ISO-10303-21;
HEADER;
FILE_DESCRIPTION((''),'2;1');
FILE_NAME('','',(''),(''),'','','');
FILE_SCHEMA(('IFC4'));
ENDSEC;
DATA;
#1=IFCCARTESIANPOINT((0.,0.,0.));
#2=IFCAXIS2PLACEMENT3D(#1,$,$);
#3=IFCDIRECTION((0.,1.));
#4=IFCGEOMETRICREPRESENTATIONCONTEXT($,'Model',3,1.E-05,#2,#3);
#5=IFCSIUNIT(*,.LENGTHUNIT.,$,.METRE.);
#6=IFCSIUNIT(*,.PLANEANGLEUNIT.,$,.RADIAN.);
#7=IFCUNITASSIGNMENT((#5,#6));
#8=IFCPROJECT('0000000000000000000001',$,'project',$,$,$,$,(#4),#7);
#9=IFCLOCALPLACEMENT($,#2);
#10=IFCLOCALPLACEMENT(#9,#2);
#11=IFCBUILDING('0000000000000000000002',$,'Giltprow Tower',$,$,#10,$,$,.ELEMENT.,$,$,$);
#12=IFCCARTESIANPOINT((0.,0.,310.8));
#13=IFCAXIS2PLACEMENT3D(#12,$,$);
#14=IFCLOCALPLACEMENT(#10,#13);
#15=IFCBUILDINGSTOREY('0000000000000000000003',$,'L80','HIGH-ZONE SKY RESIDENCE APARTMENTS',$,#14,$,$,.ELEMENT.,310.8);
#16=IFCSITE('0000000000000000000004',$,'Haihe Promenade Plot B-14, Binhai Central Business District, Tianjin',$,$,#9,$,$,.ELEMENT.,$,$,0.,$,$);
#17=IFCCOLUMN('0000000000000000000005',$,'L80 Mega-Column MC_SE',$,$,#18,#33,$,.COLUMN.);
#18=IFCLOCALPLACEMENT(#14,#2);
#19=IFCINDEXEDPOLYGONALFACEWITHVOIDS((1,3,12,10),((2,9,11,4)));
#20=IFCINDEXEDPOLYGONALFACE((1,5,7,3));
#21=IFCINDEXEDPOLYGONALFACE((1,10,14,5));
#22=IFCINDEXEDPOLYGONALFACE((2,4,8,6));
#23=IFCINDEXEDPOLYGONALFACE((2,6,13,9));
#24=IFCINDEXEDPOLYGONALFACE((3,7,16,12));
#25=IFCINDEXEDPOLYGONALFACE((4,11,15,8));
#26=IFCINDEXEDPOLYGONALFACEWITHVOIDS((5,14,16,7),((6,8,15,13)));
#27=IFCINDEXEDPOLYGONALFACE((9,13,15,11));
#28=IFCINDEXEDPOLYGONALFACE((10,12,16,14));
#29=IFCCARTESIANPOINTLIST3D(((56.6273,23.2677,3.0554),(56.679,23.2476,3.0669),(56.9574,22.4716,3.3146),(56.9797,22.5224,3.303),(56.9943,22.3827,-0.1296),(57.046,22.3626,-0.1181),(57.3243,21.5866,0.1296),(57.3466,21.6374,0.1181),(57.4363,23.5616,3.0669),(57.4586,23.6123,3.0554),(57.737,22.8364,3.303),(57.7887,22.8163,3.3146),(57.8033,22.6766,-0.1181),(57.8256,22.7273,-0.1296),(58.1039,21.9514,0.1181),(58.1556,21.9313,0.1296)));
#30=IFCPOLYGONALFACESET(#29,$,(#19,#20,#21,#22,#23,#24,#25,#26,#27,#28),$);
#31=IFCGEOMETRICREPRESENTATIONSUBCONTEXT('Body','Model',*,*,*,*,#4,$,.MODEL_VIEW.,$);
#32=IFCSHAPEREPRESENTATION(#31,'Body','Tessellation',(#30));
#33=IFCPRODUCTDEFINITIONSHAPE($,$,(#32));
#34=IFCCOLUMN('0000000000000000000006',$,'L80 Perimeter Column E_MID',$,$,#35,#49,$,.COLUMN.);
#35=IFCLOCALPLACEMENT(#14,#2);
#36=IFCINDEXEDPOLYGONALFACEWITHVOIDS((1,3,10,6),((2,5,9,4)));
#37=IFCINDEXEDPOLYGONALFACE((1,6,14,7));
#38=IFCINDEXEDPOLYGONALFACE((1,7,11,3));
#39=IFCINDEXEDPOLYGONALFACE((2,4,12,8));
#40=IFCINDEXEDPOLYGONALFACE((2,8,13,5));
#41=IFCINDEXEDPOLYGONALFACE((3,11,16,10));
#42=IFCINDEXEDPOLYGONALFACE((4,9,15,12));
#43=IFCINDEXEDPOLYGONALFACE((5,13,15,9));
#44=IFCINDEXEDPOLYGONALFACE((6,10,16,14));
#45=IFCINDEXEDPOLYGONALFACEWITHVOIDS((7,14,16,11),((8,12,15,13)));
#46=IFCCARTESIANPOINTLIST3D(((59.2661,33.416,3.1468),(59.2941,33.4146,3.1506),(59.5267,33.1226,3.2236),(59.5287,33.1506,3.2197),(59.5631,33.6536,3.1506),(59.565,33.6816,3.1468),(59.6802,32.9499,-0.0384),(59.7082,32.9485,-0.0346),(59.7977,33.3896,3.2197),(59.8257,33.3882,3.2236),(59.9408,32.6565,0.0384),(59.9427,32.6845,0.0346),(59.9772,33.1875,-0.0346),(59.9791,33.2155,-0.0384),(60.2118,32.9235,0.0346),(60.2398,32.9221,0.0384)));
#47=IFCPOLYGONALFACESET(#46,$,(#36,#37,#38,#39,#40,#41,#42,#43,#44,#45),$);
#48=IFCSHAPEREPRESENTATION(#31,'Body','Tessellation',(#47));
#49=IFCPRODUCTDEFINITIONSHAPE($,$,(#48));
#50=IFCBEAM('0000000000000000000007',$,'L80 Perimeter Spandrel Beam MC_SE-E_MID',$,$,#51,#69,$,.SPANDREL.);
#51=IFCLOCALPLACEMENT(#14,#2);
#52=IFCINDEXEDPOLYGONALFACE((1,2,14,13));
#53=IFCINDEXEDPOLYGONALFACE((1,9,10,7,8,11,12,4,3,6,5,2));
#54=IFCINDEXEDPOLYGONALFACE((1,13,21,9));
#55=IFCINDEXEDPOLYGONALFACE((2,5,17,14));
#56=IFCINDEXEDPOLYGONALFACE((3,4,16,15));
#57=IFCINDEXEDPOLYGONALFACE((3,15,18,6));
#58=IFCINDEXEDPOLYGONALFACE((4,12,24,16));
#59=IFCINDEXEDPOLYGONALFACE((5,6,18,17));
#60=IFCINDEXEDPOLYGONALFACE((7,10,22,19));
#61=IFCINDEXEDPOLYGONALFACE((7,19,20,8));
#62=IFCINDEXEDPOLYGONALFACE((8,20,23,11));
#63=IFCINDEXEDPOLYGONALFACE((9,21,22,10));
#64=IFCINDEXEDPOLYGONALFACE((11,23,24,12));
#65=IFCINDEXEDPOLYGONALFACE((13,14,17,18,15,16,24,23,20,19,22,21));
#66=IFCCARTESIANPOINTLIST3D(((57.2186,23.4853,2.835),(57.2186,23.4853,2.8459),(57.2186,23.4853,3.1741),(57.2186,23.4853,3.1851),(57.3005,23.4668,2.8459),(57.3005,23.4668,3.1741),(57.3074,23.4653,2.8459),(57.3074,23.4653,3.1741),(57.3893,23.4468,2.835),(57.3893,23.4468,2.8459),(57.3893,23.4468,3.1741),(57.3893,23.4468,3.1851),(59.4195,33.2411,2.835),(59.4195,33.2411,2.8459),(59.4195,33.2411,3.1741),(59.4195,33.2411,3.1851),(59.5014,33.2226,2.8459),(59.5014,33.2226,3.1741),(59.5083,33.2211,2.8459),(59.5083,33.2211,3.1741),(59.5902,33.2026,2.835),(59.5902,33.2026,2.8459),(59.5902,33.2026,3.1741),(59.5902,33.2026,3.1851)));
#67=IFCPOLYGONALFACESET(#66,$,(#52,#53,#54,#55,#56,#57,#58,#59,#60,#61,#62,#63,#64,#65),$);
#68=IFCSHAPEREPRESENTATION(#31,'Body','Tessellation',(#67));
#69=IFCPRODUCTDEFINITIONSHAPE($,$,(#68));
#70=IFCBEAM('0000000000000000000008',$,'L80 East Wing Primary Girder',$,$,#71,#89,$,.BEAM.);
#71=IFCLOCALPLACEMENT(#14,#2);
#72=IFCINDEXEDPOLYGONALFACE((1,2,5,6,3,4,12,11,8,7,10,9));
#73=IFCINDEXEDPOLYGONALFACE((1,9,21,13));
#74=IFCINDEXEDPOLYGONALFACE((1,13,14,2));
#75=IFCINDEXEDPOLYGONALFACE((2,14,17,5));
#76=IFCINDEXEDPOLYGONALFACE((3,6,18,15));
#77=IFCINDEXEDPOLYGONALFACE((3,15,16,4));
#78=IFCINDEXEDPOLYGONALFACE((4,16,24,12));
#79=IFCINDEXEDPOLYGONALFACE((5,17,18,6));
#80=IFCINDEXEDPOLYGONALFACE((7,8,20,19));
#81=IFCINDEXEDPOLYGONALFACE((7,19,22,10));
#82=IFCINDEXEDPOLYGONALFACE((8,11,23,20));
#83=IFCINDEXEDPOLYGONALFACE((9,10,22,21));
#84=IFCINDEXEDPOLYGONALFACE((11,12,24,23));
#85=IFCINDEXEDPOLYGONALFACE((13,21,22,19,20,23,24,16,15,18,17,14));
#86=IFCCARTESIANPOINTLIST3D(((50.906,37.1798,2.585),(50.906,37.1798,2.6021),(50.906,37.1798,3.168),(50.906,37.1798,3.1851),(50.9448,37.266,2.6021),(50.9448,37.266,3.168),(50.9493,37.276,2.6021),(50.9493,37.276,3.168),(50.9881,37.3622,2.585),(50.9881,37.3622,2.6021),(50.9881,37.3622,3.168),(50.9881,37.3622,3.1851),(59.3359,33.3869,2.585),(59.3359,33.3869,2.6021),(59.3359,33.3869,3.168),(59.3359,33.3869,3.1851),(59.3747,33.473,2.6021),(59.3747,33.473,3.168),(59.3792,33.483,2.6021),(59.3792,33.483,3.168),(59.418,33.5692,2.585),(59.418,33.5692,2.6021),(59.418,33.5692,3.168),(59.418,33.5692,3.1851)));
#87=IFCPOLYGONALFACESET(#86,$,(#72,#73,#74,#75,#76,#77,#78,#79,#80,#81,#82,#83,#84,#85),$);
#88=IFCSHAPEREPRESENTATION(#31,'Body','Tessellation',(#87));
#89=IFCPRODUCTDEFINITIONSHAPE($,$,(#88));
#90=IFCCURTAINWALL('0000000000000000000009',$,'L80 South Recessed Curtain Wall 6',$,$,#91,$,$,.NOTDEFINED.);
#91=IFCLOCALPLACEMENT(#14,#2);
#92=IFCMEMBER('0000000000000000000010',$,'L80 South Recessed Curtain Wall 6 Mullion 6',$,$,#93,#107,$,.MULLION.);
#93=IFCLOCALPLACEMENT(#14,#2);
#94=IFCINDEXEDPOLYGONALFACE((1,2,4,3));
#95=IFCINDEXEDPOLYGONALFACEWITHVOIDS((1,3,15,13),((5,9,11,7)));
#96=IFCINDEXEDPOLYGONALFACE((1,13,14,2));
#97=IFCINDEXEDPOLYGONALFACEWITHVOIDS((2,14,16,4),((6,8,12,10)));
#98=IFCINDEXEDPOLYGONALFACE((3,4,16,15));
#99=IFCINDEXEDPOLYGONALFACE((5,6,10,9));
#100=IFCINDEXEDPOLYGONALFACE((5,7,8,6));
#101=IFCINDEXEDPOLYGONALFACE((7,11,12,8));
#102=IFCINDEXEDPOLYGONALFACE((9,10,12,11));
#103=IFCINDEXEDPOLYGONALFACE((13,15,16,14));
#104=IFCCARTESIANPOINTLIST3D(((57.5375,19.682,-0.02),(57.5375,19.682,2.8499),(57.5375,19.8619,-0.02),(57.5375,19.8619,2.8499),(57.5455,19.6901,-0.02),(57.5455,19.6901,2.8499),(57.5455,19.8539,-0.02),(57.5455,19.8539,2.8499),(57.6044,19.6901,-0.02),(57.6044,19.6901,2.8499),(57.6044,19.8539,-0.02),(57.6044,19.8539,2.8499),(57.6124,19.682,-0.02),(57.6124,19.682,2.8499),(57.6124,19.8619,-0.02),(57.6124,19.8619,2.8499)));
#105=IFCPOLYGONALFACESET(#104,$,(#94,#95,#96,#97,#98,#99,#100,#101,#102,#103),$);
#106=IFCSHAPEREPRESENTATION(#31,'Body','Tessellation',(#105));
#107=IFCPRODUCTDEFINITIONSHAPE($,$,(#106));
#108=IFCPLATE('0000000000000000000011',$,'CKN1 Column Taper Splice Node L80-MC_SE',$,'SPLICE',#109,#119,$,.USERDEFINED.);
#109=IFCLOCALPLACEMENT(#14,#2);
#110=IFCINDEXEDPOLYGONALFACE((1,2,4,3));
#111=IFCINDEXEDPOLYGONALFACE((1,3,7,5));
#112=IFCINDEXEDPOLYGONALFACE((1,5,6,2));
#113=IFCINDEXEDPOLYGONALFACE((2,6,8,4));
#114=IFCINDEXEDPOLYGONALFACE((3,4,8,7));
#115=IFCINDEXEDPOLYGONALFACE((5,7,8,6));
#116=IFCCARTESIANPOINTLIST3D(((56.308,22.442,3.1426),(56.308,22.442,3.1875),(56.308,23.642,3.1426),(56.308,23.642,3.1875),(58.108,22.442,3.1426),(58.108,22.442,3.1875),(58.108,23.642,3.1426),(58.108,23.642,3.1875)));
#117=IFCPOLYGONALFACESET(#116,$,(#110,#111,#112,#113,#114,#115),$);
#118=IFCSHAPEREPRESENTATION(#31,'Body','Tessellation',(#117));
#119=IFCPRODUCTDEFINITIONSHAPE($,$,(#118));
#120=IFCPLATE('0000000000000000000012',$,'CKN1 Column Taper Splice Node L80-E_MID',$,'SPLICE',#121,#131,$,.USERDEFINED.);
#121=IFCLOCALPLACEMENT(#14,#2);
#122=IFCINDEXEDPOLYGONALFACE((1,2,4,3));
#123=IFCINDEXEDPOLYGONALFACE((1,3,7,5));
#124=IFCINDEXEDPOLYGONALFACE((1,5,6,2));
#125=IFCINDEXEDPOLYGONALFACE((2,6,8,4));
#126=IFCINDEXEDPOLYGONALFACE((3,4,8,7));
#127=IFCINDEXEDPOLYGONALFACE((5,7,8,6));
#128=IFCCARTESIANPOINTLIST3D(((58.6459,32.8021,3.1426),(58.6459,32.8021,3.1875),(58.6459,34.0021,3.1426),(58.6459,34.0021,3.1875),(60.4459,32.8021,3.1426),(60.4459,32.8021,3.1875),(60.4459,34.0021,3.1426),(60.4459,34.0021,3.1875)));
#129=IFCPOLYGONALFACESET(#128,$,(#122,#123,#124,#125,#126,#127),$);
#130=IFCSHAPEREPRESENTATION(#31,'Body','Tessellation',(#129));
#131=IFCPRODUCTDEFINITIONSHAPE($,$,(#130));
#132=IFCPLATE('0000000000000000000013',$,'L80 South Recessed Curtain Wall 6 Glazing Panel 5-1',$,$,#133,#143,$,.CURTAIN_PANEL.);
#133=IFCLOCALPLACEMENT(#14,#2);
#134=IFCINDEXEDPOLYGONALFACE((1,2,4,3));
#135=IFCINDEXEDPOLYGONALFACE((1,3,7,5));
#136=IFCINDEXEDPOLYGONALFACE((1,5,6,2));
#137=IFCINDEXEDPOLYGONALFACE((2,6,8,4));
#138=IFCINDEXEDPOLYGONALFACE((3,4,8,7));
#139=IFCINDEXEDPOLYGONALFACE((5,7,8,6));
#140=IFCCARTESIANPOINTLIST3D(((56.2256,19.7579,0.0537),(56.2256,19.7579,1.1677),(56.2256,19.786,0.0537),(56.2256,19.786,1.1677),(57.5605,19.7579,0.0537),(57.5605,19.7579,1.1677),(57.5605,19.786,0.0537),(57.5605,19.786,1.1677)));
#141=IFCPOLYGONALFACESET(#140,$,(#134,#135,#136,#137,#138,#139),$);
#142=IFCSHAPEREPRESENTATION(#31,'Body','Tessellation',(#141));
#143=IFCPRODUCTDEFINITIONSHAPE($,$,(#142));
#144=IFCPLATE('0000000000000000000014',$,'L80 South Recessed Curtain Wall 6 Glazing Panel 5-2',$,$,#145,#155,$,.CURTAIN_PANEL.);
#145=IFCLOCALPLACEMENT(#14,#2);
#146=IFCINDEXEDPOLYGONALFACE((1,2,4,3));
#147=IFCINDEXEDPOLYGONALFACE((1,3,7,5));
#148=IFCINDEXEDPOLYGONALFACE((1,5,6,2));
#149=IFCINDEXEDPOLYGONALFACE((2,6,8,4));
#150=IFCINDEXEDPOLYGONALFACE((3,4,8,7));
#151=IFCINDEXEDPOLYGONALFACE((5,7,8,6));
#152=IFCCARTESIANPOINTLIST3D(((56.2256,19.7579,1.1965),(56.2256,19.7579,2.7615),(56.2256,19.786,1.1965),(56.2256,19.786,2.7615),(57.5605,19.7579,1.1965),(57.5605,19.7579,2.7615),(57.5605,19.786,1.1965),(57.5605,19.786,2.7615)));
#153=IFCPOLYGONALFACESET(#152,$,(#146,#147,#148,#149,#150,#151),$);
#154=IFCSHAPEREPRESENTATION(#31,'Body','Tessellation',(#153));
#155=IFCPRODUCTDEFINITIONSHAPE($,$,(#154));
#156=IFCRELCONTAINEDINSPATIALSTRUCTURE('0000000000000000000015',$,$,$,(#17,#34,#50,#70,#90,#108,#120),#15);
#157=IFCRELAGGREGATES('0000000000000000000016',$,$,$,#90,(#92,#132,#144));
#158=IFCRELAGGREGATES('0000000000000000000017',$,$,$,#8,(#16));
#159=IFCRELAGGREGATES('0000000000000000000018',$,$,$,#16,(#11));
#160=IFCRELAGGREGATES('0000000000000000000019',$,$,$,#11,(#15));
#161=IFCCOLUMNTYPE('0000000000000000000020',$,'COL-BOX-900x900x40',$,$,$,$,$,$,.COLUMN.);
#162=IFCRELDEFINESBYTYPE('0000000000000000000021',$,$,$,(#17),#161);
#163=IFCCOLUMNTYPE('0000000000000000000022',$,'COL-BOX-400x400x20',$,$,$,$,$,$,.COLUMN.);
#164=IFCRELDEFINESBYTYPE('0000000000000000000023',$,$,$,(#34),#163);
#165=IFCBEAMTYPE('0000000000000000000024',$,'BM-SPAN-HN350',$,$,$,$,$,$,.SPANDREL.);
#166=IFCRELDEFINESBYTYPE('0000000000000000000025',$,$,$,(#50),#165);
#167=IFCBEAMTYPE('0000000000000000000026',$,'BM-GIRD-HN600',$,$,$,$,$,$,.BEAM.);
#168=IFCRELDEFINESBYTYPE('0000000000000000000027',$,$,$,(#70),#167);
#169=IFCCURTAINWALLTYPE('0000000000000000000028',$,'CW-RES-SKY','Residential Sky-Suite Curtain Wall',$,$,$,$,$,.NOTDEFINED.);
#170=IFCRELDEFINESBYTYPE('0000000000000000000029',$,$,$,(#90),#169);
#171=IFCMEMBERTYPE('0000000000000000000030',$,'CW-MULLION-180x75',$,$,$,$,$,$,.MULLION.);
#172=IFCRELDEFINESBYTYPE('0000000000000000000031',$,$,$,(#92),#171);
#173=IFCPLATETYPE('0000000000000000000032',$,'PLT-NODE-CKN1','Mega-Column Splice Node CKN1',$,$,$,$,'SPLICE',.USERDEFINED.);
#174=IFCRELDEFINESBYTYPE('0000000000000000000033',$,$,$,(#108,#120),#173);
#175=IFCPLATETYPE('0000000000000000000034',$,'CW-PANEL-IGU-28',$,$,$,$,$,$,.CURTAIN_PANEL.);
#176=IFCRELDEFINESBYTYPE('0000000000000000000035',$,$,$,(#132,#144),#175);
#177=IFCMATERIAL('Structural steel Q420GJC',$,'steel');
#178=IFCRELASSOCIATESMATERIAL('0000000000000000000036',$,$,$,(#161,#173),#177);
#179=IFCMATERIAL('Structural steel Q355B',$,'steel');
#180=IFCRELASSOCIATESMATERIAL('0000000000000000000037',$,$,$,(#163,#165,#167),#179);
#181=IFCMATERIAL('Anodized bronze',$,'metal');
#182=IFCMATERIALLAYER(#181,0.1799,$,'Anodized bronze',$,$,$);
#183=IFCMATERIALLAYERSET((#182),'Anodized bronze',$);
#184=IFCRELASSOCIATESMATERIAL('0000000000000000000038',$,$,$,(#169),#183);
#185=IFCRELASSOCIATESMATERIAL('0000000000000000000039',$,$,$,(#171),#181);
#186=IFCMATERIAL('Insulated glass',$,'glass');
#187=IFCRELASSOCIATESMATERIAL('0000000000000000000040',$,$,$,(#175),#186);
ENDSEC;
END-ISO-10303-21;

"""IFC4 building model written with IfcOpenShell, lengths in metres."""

from ifc_helpers import new_model, si_unit, direction, frame, origin, origin_2d, place, context, subcontext, project, spatial, rectangle, hollow_rectangle, i_section, extrude, source, transform, mapped, material, layer, layer_set, material_profile, profile_set, type_object, element, aggregate, save


model = new_model("IFC4")

# Units and contexts
model_context = context("Model", 3, precision=1e-05, world=origin(), true_north=direction((0.0, 1.0)))
body_context = subcontext(model_context, "Body", "Model", "MODEL_VIEW")
ifc_project = project(units=[si_unit("LENGTHUNIT", "METRE"), si_unit("PLANEANGLEUNIT", "RADIAN")], contexts=[model_context])

# Site, building, storey
site_placement = place(None, origin())
site = spatial("IfcSite", under=ifc_project, at=site_placement, Name="Haihe Promenade Plot B-14, Binhai Central Business District, Tianjin", CompositionType="ELEMENT", RefElevation=0.0)
building_placement = place(site_placement, origin())
building = spatial("IfcBuilding", under=site, at=building_placement, Name="Giltprow Tower", CompositionType="ELEMENT")
storey_placement = place(building_placement, frame((0.0, 0.0, 310.8)))
storey = spatial("IfcBuildingStorey", under=building, at=storey_placement, Name="L80", Description="HIGH-ZONE SKY RESIDENCE APARTMENTS", CompositionType="ELEMENT", Elevation=310.8)

# Columns
ifc_material_1 = material(Name="Structural steel Q420GJC", Category="steel")
ifc_material_profile_1 = material_profile(ifc_material_1, hollow_rectangle(XDim=0.8999, YDim=0.8999, WallThickness=0.04, at=origin_2d()), Name="BOX 900x900x40")
ifc_profile_set_1 = profile_set([ifc_material_profile_1], Name="Structural steel Q420GJC")
column_type_1 = type_object("IfcColumnType", Name="COL-BOX-900x900x40", PredefinedType="COLUMN", material=ifc_profile_set_1)
shared_shape_1 = source(origin(), body_context, "Body", "SweptSolid", [
    extrude(hollow_rectangle(XDim=0.8999, YDim=0.8999, WallThickness=0.04, at=origin_2d()), origin(), (0.0, 0.0, 1.0), 3.3259),
])
column_1_placement = place(storey_placement, frame((57.575, 22.157, 0.0), z_axis=(-0.110325, 0.266086, 0.957615), x_axis=(-0.923747, -0.383004, 0.0)))
element("IfcColumn", 1, at=column_1_placement, inside=storey, type_object=column_type_1, Name="L80 Mega-Column MC_SE", PredefinedType="COLUMN", context=body_context, shape_type="MappedRepresentation", body=[
    mapped(shared_shape_1, transform((0.0, 0.0, 0.0), x_axis=(1.0, 0.0, 0.0), y_axis=(0.0, 1.0, 0.0), z_axis=(0.0, 0.0, 1.0), scale=1.0)),
])
ifc_material_2 = material(Name="Structural steel Q355B", Category="steel")
ifc_material_profile_2 = material_profile(ifc_material_2, hollow_rectangle(XDim=0.3999, YDim=0.3999, WallThickness=0.02, at=origin_2d()), Name="BOX 400x400x20")
ifc_profile_set_2 = profile_set([ifc_material_profile_2], Name="Structural steel Q355B")
column_type_2 = type_object("IfcColumnType", Name="COL-BOX-400x400x20", PredefinedType="COLUMN", material=ifc_profile_set_2)
shared_shape_2 = source(origin(), body_context, "Body", "SweptSolid", [
    extrude(hollow_rectangle(XDim=0.3999, YDim=0.3999, WallThickness=0.02, at=origin_2d()), origin(), (0.0, 0.0, 1.0), 3.2456),
])
column_2_placement = place(storey_placement, frame((59.96, 32.936, 0.0), z_axis=(-0.127581, 0.143603, 0.981377), x_axis=(-0.747582, -0.664169, 0.0)))
element("IfcColumn", 2, at=column_2_placement, inside=storey, type_object=column_type_2, Name="L80 Perimeter Column E_MID", PredefinedType="COLUMN", context=body_context, shape_type="MappedRepresentation", body=[
    mapped(shared_shape_2, transform((0.0, 0.0, 0.0), x_axis=(1.0, 0.0, 0.0), y_axis=(0.0, 1.0, 0.0), z_axis=(0.0, 0.0, 1.0), scale=1.0)),
])

# Beams
ifc_material_profile_3 = material_profile(ifc_material_2, i_section(OverallWidth=0.175, OverallDepth=0.3501, WebThickness=0.0071, FlangeThickness=0.011, at=origin_2d()), Name="HN 350x175x7x11")
ifc_profile_set_3 = profile_set([ifc_material_profile_3], Name="Structural steel Q355B")
beam_type_1 = type_object("IfcBeamType", Name="BM-SPAN-HN350", PredefinedType="SPANDREL", material=ifc_profile_set_3)
shared_shape_3 = source(origin(), body_context, "Body", "SweptSolid", [
    extrude(i_section(OverallWidth=0.175, OverallDepth=0.3501, WebThickness=0.0071, FlangeThickness=0.011, at=origin_2d()), origin(), (0.0, 0.0, 1.0), 10.001),
])
beam_1_placement = place(storey_placement, frame((57.304, 23.4661, 3.01), z_axis=(0.22007, 0.975484, 0.0), x_axis=(-0.975484, 0.22007, 0.0)))
element("IfcBeam", 3, at=beam_1_placement, inside=storey, type_object=beam_type_1, Name="L80 Perimeter Spandrel Beam MC_SE-E_MID", PredefinedType="SPANDREL", context=body_context, shape_type="MappedRepresentation", body=[
    mapped(shared_shape_3, transform((0.0, 0.0, 0.0), x_axis=(1.0, 0.0, 0.0), y_axis=(0.0, 1.0, 0.0), z_axis=(0.0, 0.0, 1.0), scale=1.0)),
])
ifc_material_profile_4 = material_profile(ifc_material_2, i_section(OverallWidth=0.2, OverallDepth=0.6001, WebThickness=0.011, FlangeThickness=0.0171, at=origin_2d()), Name="HN 600x200x11x17")
ifc_profile_set_4 = profile_set([ifc_material_profile_4], Name="Structural steel Q355B")
beam_type_2 = type_object("IfcBeamType", Name="BM-GIRD-HN600", PredefinedType="BEAM", material=ifc_profile_set_4)
shared_shape_4 = source(origin(), body_context, "Body", "SweptSolid", [
    extrude(i_section(OverallWidth=0.2, OverallDepth=0.6001, WebThickness=0.011, FlangeThickness=0.0171, at=origin_2d()), origin(), (0.0, 0.0, 1.0), 9.2439),
])
beam_2_placement = place(storey_placement, frame((59.377, 33.478, 2.885), z_axis=(-0.911942, 0.41032, 0.0), x_axis=(-0.41032, -0.911942, 0.0)))
element("IfcBeam", 4, at=beam_2_placement, inside=storey, type_object=beam_type_2, Name="L80 East Wing Primary Girder", PredefinedType="BEAM", context=body_context, shape_type="MappedRepresentation", body=[
    mapped(shared_shape_4, transform((0.0, 0.0, 0.0), x_axis=(1.0, 0.0, 0.0), y_axis=(0.0, 1.0, 0.0), z_axis=(0.0, 0.0, 1.0), scale=1.0)),
])

# Curtain wall, member
ifc_material_3 = material(Name="Anodized bronze", Category="metal")
ifc_layer_1 = layer(ifc_material_3, 0.1799, Name="Anodized bronze")
ifc_layer_set_1 = layer_set([ifc_layer_1], Name="Anodized bronze")
curtain_wall_type = type_object("IfcCurtainWallType", Name="CW-RES-SKY", Description="Residential Sky-Suite Curtain Wall", PredefinedType="NOTDEFINED", material=ifc_layer_set_1)
curtain_wall_placement = place(storey_placement, origin())
curtain_wall = element("IfcCurtainWall", 5, at=curtain_wall_placement, inside=storey, type_object=curtain_wall_type, Name="L80 South Recessed Curtain Wall 6", PredefinedType="NOTDEFINED")
ifc_material_profile_5 = material_profile(ifc_material_3, hollow_rectangle(XDim=0.075, YDim=0.1799, WallThickness=0.0081, at=origin_2d()), Name="RHS 180x75x8")
ifc_profile_set_5 = profile_set([ifc_material_profile_5], Name="Anodized bronze")
member_type = type_object("IfcMemberType", Name="CW-MULLION-180x75", PredefinedType="MULLION", material=ifc_profile_set_5)
shared_shape_5 = source(origin(), body_context, "Body", "SweptSolid", [
    extrude(hollow_rectangle(XDim=0.075, YDim=0.1799, WallThickness=0.0081, at=origin_2d()), origin(), (0.0, 0.0, 1.0), 2.8699),
])
member_placement = place(storey_placement, frame((57.575, 19.772, -0.02), z_axis=(0.0, 0.0, 1.0), x_axis=(1.0, 0.0, 0.0)))
member = element("IfcMember", 6, at=member_placement, type_object=member_type, Name="L80 South Recessed Curtain Wall 6 Mullion 6", PredefinedType="MULLION", context=body_context, shape_type="MappedRepresentation", body=[
    mapped(shared_shape_5, transform((0.0, 0.0, 0.0), x_axis=(1.0, 0.0, 0.0), y_axis=(0.0, 1.0, 0.0), z_axis=(0.0, 0.0, 1.0), scale=1.0)),
])

# Plates
plate_type_1 = type_object("IfcPlateType", Name="PLT-NODE-CKN1", Description="Mega-Column Splice Node CKN1", ElementType="SPLICE", PredefinedType="USERDEFINED", material=ifc_material_1)
shared_shape_6 = source(origin(), body_context, "Body", "SweptSolid", [
    extrude(rectangle(XDim=1.8, YDim=1.2, at=origin_2d()), origin(), (0.0, 0.0, 1.0), 0.0449),
])
for number, where, z_axis, x_axis, name in (
    (7, (57.208, 23.042, 3.1426), (0.0, 0.0, 1.0), (1.0, 0.0, 0.0), "CKN1 Column Taper Splice Node L80-MC_SE"),
    (8, (59.5459, 33.4021, 3.1426), (0.0, 0.0, 1.0), (1.0, 0.0, 0.0), "CKN1 Column Taper Splice Node L80-E_MID"),
):
    element("IfcPlate", number, at=place(storey_placement, frame(where, z_axis=z_axis, x_axis=x_axis)), inside=storey, type_object=plate_type_1, Name=name, ObjectType="SPLICE", PredefinedType="USERDEFINED", context=body_context, shape_type="MappedRepresentation", body=[
        mapped(shared_shape_6, transform((0.0, 0.0, 0.0), x_axis=(1.0, 0.0, 0.0), y_axis=(0.0, 1.0, 0.0), z_axis=(0.0, 0.0, 1.0), scale=1.0)),
    ])

# Plates
ifc_material_4 = material(Name="Insulated glass", Category="glass")
plate_type_2 = type_object("IfcPlateType", Name="CW-PANEL-IGU-28", PredefinedType="CURTAIN_PANEL", material=ifc_material_4)
shared_shape_7 = source(origin(), body_context, "Body", "SweptSolid", [
    extrude(rectangle(XDim=1.335, YDim=0.0281, at=origin_2d()), origin(), (0.0, 0.0, 1.0), 1.114),
])
plate_1_placement = place(storey_placement, frame((56.8931, 19.772, 0.0537), z_axis=(0.0, 0.0, 1.0), x_axis=(1.0, 0.0, 0.0)))
plate_1 = element("IfcPlate", 9, at=plate_1_placement, type_object=plate_type_2, Name="L80 South Recessed Curtain Wall 6 Glazing Panel 5-1", PredefinedType="CURTAIN_PANEL", context=body_context, shape_type="MappedRepresentation", body=[
    mapped(shared_shape_7, transform((0.0, 0.0, 0.0), x_axis=(1.0, 0.0, 0.0), y_axis=(0.0, 1.0, 0.0), z_axis=(0.0, 0.0, 1.0), scale=1.0)),
])
shared_shape_8 = source(origin(), body_context, "Body", "SweptSolid", [
    extrude(rectangle(XDim=1.335, YDim=0.0281, at=origin_2d()), origin(), (0.0, 0.0, 1.0), 1.5649),
])
plate_2_placement = place(storey_placement, frame((56.8931, 19.772, 1.1965), z_axis=(0.0, 0.0, 1.0), x_axis=(1.0, 0.0, 0.0)))
plate_2 = element("IfcPlate", 10, at=plate_2_placement, type_object=plate_type_2, Name="L80 South Recessed Curtain Wall 6 Glazing Panel 5-2", PredefinedType="CURTAIN_PANEL", context=body_context, shape_type="MappedRepresentation", body=[
    mapped(shared_shape_8, transform((0.0, 0.0, 0.0), x_axis=(1.0, 0.0, 0.0), y_axis=(0.0, 1.0, 0.0), z_axis=(0.0, 0.0, 1.0), scale=1.0)),
])
aggregate(curtain_wall, [member, plate_1, plate_2])

save(model, "model.ifc")
